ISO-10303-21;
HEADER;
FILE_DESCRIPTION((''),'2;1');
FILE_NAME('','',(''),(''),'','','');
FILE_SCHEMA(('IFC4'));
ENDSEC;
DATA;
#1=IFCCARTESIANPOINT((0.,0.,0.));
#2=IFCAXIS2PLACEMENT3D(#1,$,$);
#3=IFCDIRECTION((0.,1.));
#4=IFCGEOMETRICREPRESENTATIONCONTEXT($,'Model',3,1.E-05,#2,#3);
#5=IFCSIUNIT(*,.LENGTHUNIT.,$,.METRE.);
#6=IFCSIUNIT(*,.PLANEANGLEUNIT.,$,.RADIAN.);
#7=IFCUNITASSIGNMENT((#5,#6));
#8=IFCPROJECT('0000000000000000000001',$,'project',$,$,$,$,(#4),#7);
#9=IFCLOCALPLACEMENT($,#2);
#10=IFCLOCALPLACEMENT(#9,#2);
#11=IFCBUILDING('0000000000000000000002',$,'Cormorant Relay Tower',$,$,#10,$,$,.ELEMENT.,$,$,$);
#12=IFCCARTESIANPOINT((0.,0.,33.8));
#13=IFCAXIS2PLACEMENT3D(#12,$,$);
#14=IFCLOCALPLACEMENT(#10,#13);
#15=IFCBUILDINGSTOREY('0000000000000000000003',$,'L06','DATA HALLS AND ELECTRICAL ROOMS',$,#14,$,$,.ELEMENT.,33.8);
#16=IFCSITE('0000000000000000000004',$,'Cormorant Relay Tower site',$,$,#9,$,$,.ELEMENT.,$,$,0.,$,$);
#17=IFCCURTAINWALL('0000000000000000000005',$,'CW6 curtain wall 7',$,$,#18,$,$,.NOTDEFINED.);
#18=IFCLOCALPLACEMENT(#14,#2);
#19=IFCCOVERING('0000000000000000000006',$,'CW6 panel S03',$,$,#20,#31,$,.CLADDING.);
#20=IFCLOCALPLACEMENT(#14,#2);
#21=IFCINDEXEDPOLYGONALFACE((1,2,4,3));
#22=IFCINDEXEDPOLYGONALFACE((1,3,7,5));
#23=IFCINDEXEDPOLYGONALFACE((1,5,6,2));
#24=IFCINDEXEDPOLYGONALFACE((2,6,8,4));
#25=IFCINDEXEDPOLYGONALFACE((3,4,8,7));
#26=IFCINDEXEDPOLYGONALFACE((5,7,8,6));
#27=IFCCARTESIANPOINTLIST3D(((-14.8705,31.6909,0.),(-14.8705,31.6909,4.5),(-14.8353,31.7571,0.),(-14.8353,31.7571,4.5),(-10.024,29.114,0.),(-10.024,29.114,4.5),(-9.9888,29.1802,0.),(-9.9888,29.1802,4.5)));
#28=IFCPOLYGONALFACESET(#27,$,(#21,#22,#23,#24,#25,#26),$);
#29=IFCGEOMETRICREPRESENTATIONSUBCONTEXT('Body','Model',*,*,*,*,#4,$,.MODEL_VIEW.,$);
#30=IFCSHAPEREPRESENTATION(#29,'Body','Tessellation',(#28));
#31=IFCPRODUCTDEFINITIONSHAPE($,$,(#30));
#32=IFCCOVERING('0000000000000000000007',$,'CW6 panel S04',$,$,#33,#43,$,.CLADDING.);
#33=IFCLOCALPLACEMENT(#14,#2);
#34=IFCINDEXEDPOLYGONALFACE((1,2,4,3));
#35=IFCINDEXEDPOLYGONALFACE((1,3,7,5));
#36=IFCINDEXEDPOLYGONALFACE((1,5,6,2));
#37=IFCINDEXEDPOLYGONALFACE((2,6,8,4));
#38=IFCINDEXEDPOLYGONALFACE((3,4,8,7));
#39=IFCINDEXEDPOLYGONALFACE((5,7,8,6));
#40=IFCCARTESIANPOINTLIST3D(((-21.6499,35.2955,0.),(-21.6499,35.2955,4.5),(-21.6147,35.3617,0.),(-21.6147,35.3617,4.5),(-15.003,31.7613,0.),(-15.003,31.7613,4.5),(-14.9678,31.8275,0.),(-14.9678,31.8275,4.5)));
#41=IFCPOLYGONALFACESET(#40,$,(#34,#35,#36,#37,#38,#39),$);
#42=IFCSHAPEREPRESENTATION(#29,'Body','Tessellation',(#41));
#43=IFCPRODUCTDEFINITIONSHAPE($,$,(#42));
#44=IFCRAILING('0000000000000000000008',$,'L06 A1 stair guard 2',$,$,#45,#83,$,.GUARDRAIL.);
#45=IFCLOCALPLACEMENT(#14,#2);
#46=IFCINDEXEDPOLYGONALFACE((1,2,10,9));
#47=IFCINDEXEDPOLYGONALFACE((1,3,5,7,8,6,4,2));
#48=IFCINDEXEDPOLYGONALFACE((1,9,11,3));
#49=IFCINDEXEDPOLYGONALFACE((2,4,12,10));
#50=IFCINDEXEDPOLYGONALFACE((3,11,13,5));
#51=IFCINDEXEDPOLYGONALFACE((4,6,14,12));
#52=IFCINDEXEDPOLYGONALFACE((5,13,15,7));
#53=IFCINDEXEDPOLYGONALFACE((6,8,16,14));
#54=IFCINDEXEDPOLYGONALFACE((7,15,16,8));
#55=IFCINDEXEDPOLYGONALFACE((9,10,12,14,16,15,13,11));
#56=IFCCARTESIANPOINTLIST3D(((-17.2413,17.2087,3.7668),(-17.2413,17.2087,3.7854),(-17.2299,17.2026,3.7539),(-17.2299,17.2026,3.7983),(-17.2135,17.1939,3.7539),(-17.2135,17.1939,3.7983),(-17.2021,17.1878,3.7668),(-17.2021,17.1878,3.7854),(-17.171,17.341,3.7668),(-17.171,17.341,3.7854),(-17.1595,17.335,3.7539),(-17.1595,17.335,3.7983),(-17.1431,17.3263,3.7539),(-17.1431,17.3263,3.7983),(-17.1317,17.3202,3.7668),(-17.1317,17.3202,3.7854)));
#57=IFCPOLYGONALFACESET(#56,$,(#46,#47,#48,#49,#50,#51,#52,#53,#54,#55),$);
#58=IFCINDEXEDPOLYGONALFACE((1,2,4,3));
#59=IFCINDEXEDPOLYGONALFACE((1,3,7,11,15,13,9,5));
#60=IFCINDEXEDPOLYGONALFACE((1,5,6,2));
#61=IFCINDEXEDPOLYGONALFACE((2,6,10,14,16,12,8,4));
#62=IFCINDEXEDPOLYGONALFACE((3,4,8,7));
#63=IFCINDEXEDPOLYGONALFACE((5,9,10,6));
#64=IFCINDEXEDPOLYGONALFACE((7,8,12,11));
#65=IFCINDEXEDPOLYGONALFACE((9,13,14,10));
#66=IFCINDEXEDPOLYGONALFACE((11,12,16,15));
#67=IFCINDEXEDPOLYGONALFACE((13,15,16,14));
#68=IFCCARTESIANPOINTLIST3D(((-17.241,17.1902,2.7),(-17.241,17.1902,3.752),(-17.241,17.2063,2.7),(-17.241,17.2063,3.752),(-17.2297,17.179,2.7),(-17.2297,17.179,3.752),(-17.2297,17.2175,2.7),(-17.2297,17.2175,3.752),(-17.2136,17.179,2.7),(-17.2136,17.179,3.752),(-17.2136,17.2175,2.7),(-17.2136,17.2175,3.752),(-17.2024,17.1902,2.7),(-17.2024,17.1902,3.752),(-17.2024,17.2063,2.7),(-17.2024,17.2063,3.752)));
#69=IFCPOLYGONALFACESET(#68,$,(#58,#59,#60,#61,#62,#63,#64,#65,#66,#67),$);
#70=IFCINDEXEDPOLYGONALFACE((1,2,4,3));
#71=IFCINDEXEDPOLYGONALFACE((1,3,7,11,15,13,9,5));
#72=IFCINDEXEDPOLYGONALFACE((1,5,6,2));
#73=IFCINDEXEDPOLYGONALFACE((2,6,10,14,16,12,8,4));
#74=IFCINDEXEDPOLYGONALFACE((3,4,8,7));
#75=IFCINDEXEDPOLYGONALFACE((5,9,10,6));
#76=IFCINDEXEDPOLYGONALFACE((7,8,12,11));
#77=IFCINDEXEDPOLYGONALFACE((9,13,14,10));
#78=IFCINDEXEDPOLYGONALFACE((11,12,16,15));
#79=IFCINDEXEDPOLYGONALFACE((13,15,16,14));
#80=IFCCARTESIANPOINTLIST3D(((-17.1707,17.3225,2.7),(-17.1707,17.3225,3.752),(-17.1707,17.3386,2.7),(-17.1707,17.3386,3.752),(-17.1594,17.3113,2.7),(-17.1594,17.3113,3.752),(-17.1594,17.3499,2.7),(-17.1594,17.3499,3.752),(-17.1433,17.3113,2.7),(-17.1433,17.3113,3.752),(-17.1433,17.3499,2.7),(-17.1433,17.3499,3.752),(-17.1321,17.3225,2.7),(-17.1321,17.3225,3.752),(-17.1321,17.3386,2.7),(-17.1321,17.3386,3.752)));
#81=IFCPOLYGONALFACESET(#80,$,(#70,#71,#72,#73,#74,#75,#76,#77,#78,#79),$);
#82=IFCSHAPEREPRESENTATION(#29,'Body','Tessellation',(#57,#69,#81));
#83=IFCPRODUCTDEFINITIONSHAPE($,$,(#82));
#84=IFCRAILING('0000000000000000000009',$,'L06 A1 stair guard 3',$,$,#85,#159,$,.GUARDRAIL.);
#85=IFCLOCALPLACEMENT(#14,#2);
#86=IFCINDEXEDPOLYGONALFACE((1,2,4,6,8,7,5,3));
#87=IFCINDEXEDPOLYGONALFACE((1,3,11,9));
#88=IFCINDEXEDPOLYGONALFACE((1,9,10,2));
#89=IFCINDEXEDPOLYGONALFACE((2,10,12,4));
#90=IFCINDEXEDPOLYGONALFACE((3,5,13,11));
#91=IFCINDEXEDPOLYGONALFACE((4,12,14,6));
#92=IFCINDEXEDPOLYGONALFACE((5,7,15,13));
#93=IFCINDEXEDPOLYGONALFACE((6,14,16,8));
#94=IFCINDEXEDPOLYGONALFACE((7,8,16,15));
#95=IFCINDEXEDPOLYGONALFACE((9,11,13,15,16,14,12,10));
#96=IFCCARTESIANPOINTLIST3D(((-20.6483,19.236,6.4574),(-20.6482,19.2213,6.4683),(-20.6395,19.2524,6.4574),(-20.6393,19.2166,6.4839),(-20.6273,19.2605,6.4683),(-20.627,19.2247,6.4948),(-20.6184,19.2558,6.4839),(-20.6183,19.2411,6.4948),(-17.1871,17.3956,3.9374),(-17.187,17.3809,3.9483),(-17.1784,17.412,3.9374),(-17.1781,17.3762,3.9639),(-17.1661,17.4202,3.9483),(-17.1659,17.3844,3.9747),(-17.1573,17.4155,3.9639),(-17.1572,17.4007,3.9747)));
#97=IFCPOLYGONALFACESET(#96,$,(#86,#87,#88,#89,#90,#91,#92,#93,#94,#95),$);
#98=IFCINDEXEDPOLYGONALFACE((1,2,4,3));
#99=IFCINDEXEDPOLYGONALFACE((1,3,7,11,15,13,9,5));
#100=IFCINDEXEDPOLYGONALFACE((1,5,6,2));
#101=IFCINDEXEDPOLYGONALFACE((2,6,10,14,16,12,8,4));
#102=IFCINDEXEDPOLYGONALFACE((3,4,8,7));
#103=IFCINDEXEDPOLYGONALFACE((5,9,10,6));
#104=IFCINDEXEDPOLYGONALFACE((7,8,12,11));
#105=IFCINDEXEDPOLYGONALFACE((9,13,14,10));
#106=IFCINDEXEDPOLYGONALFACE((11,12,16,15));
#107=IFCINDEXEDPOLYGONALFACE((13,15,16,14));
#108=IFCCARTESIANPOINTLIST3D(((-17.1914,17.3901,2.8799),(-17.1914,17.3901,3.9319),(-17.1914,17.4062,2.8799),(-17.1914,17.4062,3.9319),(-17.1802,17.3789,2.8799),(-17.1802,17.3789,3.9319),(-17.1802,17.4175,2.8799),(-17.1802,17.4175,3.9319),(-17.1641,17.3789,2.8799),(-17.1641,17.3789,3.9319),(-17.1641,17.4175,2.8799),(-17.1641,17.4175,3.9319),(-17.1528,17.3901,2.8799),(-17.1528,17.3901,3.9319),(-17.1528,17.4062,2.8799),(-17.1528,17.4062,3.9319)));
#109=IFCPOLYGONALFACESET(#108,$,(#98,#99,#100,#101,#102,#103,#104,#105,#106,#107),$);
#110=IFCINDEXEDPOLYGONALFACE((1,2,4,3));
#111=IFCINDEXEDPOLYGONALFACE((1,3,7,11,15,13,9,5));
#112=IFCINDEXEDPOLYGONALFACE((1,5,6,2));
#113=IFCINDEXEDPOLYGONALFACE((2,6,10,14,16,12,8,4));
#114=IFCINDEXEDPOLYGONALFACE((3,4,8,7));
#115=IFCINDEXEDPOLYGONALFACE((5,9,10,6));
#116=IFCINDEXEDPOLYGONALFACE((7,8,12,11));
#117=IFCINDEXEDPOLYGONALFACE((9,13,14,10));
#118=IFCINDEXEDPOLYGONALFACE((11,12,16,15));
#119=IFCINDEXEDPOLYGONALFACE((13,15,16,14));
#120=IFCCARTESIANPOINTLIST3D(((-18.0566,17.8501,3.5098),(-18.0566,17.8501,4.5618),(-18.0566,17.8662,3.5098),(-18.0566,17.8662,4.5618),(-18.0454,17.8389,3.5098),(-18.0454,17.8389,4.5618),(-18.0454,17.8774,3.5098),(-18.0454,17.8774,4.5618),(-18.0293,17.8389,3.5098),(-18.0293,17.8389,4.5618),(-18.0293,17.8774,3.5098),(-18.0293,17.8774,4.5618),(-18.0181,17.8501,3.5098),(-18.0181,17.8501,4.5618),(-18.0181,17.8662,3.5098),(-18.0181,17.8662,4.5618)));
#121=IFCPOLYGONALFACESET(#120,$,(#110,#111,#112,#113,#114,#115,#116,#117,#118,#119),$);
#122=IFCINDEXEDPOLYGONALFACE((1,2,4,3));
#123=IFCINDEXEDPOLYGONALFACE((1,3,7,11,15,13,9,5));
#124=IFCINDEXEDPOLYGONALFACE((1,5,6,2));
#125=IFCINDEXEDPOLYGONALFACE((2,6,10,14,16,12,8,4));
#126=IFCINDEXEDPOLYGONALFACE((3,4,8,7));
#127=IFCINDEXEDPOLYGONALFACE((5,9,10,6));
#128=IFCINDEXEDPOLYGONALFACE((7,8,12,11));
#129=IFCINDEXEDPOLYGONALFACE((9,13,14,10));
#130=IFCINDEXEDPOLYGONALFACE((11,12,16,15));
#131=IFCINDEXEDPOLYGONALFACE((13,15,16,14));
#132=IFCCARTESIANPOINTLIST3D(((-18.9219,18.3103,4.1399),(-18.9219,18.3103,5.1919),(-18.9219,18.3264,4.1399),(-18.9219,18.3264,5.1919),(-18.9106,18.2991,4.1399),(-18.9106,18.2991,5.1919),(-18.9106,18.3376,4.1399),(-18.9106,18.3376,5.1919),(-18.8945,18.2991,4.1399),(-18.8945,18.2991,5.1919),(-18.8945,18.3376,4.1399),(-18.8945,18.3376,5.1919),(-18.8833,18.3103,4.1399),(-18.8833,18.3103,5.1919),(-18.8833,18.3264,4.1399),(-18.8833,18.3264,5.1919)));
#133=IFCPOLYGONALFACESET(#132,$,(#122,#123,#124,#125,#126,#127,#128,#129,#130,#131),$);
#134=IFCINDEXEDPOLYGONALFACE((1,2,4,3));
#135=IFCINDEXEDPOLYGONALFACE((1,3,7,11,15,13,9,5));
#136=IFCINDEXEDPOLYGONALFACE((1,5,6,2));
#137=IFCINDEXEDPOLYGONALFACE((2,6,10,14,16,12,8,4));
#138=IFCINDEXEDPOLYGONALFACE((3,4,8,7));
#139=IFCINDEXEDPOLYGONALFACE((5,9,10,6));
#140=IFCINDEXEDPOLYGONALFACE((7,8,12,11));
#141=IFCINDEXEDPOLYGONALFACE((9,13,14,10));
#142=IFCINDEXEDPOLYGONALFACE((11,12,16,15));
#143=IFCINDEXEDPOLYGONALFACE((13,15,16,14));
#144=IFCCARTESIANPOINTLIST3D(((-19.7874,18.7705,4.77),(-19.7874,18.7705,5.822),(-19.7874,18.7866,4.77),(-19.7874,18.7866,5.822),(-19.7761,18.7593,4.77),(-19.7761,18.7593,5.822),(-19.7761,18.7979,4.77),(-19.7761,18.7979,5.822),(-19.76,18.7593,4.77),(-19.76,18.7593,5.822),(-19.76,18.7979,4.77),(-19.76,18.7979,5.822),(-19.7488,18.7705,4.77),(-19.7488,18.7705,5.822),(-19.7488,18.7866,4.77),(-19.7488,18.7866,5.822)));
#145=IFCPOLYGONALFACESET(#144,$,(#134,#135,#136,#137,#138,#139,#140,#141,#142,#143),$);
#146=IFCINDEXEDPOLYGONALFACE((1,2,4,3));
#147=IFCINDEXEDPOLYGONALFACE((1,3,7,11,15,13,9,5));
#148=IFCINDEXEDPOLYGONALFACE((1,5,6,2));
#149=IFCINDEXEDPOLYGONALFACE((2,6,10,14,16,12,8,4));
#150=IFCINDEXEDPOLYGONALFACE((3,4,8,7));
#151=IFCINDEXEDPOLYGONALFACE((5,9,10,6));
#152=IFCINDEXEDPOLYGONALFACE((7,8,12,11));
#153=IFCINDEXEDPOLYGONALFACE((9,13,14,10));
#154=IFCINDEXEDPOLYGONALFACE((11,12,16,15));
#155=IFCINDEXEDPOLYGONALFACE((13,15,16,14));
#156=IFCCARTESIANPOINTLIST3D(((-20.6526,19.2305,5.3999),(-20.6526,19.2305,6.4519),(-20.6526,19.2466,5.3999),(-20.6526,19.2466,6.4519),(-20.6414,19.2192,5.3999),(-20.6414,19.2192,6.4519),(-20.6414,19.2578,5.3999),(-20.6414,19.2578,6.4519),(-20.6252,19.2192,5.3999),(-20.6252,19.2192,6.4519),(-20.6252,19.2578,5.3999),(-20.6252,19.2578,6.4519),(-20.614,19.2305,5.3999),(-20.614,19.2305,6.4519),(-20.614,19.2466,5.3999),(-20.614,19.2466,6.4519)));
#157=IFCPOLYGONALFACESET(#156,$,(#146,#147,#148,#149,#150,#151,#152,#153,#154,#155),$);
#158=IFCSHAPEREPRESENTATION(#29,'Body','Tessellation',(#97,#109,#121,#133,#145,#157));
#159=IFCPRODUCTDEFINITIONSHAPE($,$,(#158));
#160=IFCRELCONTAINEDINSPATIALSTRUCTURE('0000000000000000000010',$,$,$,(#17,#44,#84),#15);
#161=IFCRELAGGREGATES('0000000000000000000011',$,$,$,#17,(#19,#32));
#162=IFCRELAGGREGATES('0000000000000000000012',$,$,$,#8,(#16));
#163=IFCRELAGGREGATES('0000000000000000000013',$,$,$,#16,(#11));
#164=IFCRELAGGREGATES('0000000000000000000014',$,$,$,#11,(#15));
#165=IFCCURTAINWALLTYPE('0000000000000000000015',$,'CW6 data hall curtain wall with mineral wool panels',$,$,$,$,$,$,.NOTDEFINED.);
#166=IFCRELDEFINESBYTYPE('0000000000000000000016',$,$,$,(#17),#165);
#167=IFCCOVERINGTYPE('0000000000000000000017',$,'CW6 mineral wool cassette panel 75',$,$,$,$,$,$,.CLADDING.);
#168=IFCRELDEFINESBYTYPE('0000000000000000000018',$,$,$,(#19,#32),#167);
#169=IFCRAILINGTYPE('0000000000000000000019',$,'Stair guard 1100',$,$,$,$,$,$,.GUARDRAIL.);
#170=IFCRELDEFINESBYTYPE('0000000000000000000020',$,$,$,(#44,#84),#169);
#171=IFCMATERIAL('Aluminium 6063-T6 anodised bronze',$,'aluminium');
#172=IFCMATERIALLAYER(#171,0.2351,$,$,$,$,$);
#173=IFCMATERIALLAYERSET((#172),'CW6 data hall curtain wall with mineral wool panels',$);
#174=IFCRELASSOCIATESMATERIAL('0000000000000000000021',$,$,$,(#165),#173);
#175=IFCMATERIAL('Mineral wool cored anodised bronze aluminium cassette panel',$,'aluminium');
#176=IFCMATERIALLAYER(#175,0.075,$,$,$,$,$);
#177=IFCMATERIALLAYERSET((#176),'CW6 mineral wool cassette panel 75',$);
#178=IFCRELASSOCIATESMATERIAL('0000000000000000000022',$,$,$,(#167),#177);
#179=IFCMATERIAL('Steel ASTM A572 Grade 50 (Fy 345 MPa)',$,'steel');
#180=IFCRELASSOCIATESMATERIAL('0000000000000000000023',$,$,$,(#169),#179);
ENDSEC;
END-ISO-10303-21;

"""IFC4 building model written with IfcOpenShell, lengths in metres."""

from ifc_helpers import new_model, si_unit, direction, frame, origin, origin_2d, place, context, subcontext, project, spatial, polyline, rectangle, outline, extrude, material, layer, layer_set, type_object, element, aggregate, save


model = new_model("IFC4")

# Units and contexts
model_context = context("Model", 3, precision=1e-05, world=origin(), true_north=direction((0.0, 1.0)))
body_context = subcontext(model_context, "Body", "Model", "MODEL_VIEW")
ifc_project = project(units=[si_unit("LENGTHUNIT", "METRE"), si_unit("PLANEANGLEUNIT", "RADIAN")], contexts=[model_context])

# Site, building, storey
site_placement = place(None, origin())
site = spatial("IfcSite", under=ifc_project, at=site_placement, Name="Cormorant Relay Tower site", CompositionType="ELEMENT", RefElevation=0.0)
building_placement = place(site_placement, origin())
building = spatial("IfcBuilding", under=site, at=building_placement, Name="Cormorant Relay Tower", CompositionType="ELEMENT")
storey_placement = place(building_placement, frame((0.0, 0.0, 33.8)))
storey = spatial("IfcBuildingStorey", under=building, at=storey_placement, Name="L06", Description="DATA HALLS AND ELECTRICAL ROOMS", CompositionType="ELEMENT", Elevation=33.8)

# Curtain wall
ifc_material_1 = material(Name="Aluminium 6063-T6 anodised bronze", Category="aluminium")
ifc_layer_1 = layer(ifc_material_1, 0.2351)
ifc_layer_set_1 = layer_set([ifc_layer_1], Name="CW6 data hall curtain wall with mineral wool panels")
curtain_wall_type = type_object("IfcCurtainWallType", Name="CW6 data hall curtain wall with mineral wool panels", PredefinedType="NOTDEFINED", material=ifc_layer_set_1)
curtain_wall_placement = place(storey_placement, origin())
curtain_wall = element("IfcCurtainWall", 1, at=curtain_wall_placement, inside=storey, type_object=curtain_wall_type, Name="CW6 curtain wall 7", PredefinedType="NOTDEFINED")

# Coverings
ifc_material_2 = material(Name="Mineral wool cored anodised bronze aluminium cassette panel", Category="aluminium")
ifc_layer_2 = layer(ifc_material_2, 0.075)
ifc_layer_set_2 = layer_set([ifc_layer_2], Name="CW6 mineral wool cassette panel 75")
covering_type = type_object("IfcCoveringType", Name="CW6 mineral wool cassette panel 75", PredefinedType="CLADDING", material=ifc_layer_set_2)
covering_1_placement = place(storey_placement, frame((-12.4297, 30.4355, 0.0), z_axis=(0.0, 0.0, 1.0), x_axis=(-0.882948, 0.469472, 0.0)))
covering_1 = element("IfcCovering", 2, at=covering_1_placement, type_object=covering_type, Name="CW6 panel S03", PredefinedType="CLADDING", context=body_context, shape_type="SweptSolid", body=[
    extrude(rectangle(XDim=5.489, YDim=0.075, at=origin_2d()), origin(), (0.0, 0.0, 1.0), 4.5),
])
covering_2_placement = place(storey_placement, frame((-18.3088, 33.5615, 0.0), z_axis=(0.0, 0.0, 1.0), x_axis=(-0.882948, 0.469472, 0.0)))
covering_2 = element("IfcCovering", 3, at=covering_2_placement, type_object=covering_type, Name="CW6 panel S04", PredefinedType="CLADDING", context=body_context, shape_type="SweptSolid", body=[
    extrude(rectangle(XDim=7.5281, YDim=0.075, at=origin_2d()), origin(), (0.0, 0.0, 1.0), 4.5),
])
aggregate(curtain_wall, [covering_1, covering_2])

# Railings
ifc_material_3 = material(Name="Steel ASTM A572 Grade 50 (Fy 345 MPa)", Category="steel")
railing_type_1 = type_object("IfcRailingType", Name="Stair guard 1100", PredefinedType="GUARDRAIL", material=ifc_material_3)
railing_1_placement = place(storey_placement, frame((-17.2217, 17.1982, 2.7)))
element("IfcRailing", 4, at=railing_1_placement, inside=storey, type_object=railing_type_1, Name="L06 A1 stair guard 2", PredefinedType="GUARDRAIL", context=body_context, shape_type="SweptSolid", body=[
    extrude(outline(polyline([(0.0222, 0.0093), (0.0093, 0.0222), (-0.0093, 0.0222), (-0.0222, 0.0093), (-0.0222, -0.0093), (-0.0093, -0.0222), (0.0093, -0.0222), (0.0222, -0.0093), (0.0222, 0.0093)])), frame((0.0, 0.0, 1.0762), z_axis=(0.469235, 0.883074, 0.0), x_axis=(-0.883074, 0.469235, 0.0)), (0.0, 0.0, 1.0), 0.1499),
    extrude(outline(polyline([(0.0193, 0.0081), (0.0081, 0.0193), (-0.0081, 0.0193), (-0.0193, 0.0081), (-0.0193, -0.0081), (-0.0081, -0.0193), (0.0081, -0.0193), (0.0193, -0.0081), (0.0193, 0.0081)])), origin(), (0.0, 0.0, 1.0), 1.052),
    extrude(outline(polyline([(0.0193, 0.0081), (0.0081, 0.0193), (-0.0081, 0.0193), (-0.0193, 0.0081), (-0.0193, -0.0081), (-0.0081, -0.0193), (0.0081, -0.0193), (0.0193, -0.0081), (0.0193, 0.0081)])), frame((0.0703, 0.1323, 0.0)), (0.0, 0.0, 1.0), 1.052),
])
railing_2_placement = place(storey_placement, frame((-17.1721, 17.3982, 2.8799)))
element("IfcRailing", 5, at=railing_2_placement, inside=storey, type_object=railing_type_1, Name="L06 A1 stair guard 3", PredefinedType="GUARDRAIL", context=body_context, shape_type="SweptSolid", body=[
    extrude(outline(polyline([(0.0222, 0.0093), (0.0093, 0.0222), (-0.0093, 0.0222), (-0.0222, 0.0093), (-0.0222, -0.0093), (-0.0093, -0.0222), (0.0093, -0.0222), (0.0222, -0.0093), (0.0222, 0.0093)])), frame((0.0, 0.0, 1.0762), z_axis=(-0.742717, 0.394907, 0.540758), x_axis=(-0.469469, -0.882949, 0.0)), (0.0, 0.0, 1.0), 4.6602),
    extrude(outline(polyline([(0.0193, 0.0081), (0.0081, 0.0193), (-0.0081, 0.0193), (-0.0193, 0.0081), (-0.0193, -0.0081), (-0.0081, -0.0193), (0.0081, -0.0193), (0.0193, -0.0081), (0.0193, 0.0081)])), origin(), (0.0, 0.0, 1.0), 1.052),
    extrude(outline(polyline([(0.0193, 0.0081), (0.0081, 0.0193), (-0.0081, 0.0193), (-0.0193, 0.0081), (-0.0193, -0.0081), (-0.0081, -0.0193), (0.0081, -0.0193), (0.0193, -0.0081), (0.0193, 0.0081)])), frame((-0.8652, 0.46, 0.6299)), (0.0, 0.0, 1.0), 1.052),
    extrude(outline(polyline([(0.0193, 0.0081), (0.0081, 0.0193), (-0.0081, 0.0193), (-0.0193, 0.0081), (-0.0193, -0.0081), (-0.0081, -0.0193), (0.0081, -0.0193), (0.0193, -0.0081), (0.0193, 0.0081)])), frame((-1.7305, 0.9202, 1.26)), (0.0, 0.0, 1.0), 1.052),
    extrude(outline(polyline([(0.0193, 0.0081), (0.0081, 0.0193), (-0.0081, 0.0193), (-0.0193, 0.0081), (-0.0193, -0.0081), (-0.0081, -0.0193), (0.0081, -0.0193), (0.0193, -0.0081), (0.0193, 0.0081)])), frame((-2.5959, 1.3804, 1.8901)), (0.0, 0.0, 1.0), 1.052),
    extrude(outline(polyline([(0.0193, 0.0081), (0.0081, 0.0193), (-0.0081, 0.0193), (-0.0193, 0.0081), (-0.0193, -0.0081), (-0.0081, -0.0193), (0.0081, -0.0193), (0.0193, -0.0081), (0.0193, 0.0081)])), frame((-3.4612, 1.8403, 2.52)), (0.0, 0.0, 1.0), 1.052),
])

save(model, "model.ifc")
